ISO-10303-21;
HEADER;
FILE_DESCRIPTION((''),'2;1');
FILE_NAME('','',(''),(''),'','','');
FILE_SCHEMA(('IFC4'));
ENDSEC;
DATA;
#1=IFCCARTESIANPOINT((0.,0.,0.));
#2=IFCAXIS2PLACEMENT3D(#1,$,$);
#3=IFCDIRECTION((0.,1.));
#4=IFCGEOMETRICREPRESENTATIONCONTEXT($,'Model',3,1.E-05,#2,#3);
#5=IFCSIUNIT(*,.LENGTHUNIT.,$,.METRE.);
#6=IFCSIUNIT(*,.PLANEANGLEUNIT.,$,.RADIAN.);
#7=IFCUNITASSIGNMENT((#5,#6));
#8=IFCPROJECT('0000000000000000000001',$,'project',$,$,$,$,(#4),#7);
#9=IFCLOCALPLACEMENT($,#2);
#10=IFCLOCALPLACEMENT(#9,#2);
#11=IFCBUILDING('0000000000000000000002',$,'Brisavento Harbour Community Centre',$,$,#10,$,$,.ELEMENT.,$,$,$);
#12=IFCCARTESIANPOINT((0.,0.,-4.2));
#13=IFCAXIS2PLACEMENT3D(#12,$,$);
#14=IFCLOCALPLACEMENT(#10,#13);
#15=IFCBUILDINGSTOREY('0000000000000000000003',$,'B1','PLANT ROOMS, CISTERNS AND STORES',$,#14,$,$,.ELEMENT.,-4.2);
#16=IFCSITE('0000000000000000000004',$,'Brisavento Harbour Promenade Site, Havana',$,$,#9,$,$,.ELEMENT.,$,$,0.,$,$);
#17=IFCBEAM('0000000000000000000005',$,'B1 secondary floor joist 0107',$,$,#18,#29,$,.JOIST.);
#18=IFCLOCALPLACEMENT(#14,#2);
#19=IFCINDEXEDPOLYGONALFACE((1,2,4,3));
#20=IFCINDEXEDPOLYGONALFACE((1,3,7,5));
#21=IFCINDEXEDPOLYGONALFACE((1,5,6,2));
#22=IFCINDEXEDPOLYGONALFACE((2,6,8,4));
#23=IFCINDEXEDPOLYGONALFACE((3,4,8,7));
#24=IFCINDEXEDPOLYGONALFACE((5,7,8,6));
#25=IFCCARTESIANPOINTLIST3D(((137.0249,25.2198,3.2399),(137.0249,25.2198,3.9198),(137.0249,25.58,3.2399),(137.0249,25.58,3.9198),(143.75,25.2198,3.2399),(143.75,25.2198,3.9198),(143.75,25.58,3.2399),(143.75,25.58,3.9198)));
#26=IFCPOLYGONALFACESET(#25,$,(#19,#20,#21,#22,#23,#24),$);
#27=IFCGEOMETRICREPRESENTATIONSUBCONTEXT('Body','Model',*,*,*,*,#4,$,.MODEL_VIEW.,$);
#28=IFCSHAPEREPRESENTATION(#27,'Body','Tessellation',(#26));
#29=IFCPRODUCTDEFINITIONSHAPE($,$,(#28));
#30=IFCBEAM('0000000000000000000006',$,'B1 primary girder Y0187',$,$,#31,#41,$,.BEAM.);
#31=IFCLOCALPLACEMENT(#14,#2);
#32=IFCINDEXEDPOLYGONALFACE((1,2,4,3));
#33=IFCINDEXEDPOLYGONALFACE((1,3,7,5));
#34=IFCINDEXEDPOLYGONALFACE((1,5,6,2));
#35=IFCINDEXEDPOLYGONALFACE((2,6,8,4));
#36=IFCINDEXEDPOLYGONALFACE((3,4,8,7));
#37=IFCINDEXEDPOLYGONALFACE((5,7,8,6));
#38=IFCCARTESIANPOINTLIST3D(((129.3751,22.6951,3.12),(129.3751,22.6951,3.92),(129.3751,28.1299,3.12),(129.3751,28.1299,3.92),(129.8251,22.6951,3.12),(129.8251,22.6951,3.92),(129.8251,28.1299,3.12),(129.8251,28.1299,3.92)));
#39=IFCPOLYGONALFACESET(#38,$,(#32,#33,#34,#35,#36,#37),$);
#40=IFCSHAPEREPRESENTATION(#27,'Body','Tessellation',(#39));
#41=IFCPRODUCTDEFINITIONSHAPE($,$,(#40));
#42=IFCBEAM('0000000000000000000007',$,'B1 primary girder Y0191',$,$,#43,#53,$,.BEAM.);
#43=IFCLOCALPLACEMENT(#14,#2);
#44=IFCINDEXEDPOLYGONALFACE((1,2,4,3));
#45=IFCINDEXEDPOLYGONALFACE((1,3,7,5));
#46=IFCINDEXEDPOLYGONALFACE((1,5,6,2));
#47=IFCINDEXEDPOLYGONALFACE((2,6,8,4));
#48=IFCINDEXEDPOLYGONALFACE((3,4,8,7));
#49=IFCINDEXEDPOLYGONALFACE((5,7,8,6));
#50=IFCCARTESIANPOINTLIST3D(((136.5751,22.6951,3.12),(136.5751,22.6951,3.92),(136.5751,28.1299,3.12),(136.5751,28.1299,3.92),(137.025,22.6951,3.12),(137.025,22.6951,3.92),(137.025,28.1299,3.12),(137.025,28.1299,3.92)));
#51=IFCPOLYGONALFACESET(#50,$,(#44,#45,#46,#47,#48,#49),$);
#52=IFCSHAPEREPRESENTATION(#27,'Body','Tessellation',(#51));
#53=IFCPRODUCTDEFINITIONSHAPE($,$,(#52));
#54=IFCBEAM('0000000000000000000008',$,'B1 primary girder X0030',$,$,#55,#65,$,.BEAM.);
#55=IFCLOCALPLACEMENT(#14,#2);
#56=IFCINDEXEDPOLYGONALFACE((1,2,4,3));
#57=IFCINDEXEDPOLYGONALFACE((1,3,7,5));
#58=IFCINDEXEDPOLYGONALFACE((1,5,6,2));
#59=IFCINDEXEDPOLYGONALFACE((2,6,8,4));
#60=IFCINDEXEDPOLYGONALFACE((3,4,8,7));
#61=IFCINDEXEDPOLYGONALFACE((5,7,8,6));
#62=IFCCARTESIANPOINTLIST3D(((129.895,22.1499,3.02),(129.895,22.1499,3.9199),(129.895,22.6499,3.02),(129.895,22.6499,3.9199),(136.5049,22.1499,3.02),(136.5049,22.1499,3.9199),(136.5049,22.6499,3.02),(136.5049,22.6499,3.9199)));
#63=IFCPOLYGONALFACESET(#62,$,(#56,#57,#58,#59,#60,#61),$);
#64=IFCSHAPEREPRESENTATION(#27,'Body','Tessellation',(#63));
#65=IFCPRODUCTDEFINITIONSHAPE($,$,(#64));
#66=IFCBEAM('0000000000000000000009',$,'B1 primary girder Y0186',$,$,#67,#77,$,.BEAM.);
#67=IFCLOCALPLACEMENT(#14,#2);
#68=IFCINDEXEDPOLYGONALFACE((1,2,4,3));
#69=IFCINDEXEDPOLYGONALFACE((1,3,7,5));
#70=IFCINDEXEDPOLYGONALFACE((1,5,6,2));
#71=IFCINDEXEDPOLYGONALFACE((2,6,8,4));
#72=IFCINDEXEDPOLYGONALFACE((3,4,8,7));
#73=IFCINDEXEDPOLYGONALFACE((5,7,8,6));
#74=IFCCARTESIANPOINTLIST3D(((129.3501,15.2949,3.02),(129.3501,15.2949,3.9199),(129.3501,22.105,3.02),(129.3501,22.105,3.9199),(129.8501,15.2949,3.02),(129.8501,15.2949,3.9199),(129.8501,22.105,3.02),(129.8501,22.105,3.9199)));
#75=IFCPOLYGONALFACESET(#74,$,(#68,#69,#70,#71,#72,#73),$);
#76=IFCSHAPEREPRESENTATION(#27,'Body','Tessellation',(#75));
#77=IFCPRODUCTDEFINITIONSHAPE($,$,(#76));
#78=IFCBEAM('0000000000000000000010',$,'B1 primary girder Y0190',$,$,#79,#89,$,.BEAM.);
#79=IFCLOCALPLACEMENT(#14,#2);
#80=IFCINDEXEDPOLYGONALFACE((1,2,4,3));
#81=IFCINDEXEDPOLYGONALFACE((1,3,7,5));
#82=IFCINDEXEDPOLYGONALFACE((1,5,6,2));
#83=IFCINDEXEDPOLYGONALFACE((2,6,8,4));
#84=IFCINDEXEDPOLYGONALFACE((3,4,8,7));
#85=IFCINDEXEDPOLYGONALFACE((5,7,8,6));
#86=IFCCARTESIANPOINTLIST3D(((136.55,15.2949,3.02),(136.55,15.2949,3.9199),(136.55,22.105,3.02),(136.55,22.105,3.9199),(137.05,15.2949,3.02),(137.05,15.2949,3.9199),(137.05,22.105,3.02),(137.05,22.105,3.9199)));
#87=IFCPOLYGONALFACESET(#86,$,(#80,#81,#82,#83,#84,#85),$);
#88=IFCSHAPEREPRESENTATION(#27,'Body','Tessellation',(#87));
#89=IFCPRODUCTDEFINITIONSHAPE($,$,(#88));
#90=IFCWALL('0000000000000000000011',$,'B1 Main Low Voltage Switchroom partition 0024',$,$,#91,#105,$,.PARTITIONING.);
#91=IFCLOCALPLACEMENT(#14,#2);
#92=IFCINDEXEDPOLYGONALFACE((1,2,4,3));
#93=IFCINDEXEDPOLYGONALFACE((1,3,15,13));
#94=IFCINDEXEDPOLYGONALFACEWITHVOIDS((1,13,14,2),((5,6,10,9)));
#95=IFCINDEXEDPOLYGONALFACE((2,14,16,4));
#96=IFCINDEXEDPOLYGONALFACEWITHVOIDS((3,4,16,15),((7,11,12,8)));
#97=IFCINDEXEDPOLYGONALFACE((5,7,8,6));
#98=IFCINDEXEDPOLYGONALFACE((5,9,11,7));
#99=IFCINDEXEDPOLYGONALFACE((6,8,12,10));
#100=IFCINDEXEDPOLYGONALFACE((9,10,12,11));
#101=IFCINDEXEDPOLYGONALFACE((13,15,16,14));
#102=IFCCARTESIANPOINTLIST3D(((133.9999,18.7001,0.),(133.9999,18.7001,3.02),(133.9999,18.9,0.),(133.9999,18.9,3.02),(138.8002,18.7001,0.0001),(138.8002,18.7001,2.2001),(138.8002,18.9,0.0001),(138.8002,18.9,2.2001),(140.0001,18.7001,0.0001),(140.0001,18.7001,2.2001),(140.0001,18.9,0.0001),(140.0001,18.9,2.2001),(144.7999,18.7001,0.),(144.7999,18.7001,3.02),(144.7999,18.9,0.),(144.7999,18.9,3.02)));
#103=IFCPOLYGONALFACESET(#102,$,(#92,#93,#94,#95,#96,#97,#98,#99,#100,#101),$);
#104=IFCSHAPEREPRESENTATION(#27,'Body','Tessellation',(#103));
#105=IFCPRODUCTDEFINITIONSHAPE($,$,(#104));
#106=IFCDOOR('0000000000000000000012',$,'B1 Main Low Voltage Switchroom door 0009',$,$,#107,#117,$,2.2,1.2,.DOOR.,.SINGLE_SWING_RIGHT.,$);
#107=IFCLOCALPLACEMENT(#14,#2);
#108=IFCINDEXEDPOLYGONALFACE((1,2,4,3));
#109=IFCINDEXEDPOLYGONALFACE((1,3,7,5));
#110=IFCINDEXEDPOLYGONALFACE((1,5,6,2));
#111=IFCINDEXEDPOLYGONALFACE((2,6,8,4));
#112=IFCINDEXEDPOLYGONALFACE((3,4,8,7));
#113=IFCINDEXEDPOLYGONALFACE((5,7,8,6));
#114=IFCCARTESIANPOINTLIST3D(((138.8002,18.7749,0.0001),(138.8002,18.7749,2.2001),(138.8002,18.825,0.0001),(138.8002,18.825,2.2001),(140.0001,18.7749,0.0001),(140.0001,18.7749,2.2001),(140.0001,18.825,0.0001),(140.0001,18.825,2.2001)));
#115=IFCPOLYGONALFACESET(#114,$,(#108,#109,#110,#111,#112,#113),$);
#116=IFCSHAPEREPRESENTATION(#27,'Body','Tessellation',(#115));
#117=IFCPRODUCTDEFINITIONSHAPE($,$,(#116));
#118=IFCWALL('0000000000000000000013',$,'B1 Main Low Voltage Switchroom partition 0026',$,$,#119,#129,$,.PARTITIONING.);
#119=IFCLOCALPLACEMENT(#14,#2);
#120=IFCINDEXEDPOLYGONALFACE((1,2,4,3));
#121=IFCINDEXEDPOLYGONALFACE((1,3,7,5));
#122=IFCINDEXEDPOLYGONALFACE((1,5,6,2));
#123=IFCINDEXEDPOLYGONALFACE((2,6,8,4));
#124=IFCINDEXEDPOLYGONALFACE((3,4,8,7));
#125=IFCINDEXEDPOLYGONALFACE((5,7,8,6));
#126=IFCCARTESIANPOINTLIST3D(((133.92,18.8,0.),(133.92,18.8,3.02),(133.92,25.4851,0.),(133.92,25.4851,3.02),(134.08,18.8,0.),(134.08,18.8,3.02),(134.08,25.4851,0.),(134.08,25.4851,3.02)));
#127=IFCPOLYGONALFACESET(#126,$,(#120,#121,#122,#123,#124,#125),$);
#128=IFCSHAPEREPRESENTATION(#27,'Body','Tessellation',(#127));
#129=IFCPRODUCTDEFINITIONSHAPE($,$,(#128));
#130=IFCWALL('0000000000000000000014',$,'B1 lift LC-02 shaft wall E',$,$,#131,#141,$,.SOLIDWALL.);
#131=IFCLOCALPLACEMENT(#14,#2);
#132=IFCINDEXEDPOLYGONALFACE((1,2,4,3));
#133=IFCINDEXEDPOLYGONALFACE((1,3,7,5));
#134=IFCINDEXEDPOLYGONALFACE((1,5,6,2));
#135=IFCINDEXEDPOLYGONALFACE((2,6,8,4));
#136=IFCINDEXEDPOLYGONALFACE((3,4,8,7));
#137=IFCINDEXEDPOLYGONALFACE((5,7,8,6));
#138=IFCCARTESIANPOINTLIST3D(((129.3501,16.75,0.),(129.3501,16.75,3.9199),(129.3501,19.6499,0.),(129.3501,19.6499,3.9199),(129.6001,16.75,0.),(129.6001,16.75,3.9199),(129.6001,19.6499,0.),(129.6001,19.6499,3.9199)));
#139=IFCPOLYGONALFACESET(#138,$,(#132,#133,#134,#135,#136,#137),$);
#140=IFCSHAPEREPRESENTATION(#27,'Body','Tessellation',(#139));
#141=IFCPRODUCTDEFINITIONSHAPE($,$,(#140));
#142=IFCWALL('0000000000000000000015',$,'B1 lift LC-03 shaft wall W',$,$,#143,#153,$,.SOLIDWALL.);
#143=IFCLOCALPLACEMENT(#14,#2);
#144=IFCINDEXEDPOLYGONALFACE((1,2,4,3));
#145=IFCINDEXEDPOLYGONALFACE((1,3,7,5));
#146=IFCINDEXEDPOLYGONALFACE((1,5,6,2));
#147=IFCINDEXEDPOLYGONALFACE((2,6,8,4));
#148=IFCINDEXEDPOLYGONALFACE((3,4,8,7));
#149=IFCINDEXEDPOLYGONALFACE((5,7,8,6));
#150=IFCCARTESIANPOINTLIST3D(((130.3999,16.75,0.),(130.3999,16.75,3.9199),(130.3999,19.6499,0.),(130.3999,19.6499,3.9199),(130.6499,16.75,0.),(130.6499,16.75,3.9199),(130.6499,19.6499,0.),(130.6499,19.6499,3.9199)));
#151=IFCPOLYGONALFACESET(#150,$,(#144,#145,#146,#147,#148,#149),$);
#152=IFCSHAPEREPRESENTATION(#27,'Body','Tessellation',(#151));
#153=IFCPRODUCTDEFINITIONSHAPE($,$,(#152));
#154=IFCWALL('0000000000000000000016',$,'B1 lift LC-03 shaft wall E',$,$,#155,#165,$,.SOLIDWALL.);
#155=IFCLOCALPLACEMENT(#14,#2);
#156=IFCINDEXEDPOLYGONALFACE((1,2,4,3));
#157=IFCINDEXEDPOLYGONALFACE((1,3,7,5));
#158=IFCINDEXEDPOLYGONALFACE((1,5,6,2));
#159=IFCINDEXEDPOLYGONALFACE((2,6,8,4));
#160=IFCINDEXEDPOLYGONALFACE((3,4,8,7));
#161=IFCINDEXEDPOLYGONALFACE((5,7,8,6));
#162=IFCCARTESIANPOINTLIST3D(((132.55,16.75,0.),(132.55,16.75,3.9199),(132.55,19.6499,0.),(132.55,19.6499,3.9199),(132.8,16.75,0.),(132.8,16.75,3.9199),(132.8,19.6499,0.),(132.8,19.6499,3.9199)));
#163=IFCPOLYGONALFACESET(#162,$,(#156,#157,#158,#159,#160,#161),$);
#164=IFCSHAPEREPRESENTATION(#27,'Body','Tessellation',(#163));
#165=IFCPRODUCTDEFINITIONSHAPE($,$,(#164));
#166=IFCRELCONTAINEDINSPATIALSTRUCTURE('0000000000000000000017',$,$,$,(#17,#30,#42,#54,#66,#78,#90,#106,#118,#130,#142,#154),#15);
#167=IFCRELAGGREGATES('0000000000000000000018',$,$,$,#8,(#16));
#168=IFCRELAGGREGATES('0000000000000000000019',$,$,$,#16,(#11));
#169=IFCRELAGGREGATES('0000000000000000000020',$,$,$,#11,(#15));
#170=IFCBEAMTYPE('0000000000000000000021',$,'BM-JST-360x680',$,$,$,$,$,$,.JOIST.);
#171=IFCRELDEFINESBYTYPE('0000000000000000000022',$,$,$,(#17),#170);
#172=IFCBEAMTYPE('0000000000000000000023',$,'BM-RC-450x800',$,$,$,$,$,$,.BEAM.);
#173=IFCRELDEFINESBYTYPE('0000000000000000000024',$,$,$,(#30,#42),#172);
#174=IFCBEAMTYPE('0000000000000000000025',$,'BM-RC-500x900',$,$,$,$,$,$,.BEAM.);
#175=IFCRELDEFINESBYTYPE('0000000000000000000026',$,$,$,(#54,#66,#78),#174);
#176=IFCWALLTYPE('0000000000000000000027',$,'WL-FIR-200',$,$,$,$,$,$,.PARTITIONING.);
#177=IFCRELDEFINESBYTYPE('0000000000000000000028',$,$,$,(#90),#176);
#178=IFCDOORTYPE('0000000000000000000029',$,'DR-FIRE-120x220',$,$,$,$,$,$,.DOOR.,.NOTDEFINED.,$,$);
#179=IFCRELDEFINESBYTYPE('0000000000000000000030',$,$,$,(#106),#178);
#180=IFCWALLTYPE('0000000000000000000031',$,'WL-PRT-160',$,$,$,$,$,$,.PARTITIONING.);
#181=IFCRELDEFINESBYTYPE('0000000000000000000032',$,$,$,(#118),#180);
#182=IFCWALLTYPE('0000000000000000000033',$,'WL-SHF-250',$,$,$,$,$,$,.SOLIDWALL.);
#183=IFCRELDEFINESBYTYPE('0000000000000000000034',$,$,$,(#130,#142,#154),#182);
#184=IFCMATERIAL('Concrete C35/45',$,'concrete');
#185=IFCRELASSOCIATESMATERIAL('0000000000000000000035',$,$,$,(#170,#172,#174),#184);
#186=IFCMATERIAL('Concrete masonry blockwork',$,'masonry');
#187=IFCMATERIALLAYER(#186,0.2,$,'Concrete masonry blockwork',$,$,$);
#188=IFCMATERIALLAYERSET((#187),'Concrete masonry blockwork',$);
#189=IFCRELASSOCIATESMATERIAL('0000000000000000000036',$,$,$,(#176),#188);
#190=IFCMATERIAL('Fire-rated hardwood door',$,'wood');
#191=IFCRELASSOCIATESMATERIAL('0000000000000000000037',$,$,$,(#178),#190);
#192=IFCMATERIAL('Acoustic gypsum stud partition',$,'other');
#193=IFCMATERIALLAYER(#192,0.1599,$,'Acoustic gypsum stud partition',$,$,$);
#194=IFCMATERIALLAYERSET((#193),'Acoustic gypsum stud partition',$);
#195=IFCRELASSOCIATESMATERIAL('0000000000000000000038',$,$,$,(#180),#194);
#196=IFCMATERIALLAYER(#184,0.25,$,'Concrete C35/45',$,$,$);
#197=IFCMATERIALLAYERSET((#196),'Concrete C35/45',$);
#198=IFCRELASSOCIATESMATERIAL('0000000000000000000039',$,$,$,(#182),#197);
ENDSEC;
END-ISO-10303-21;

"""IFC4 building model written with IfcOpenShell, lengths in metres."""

from ifc_helpers import new_model, si_unit, direction, frame, frame_2d, origin, origin_2d, place, context, subcontext, project, spatial, rectangle, extrude, material, layer, layer_set, material_profile, profile_set, type_object, element, fill, save


model = new_model("IFC4")

# Units and contexts
model_context = context("Model", 3, precision=1e-05, world=origin(), true_north=direction((0.0, 1.0)))
body_context = subcontext(model_context, "Body", "Model", "MODEL_VIEW")
ifc_project = project(units=[si_unit("LENGTHUNIT", "METRE"), si_unit("PLANEANGLEUNIT", "RADIAN")], contexts=[model_context])

# Site, building, storey
site_placement = place(None, origin())
site = spatial("IfcSite", under=ifc_project, at=site_placement, Name="Brisavento Harbour Promenade Site, Havana", CompositionType="ELEMENT", RefElevation=0.0)
building_placement = place(site_placement, origin())
building = spatial("IfcBuilding", under=site, at=building_placement, Name="Brisavento Harbour Community Centre", CompositionType="ELEMENT")
storey_placement = place(building_placement, frame((0.0, 0.0, -4.2)))
storey = spatial("IfcBuildingStorey", under=building, at=storey_placement, Name="B1", Description="PLANT ROOMS, CISTERNS AND STORES", CompositionType="ELEMENT", Elevation=-4.2)

# Shared definitions
ifc_material_1 = material(Name="Concrete C35/45", Category="concrete")

# Beams
ifc_material_profile_1 = material_profile(ifc_material_1, rectangle(XDim=0.3601, YDim=0.6799, at=origin_2d()), Name="Concrete C35/45")
ifc_profile_set_1 = profile_set([ifc_material_profile_1], Name="Concrete C35/45")
beam_type_1 = type_object("IfcBeamType", Name="BM-JST-360x680", PredefinedType="JOIST", material=ifc_profile_set_1)
beam_1_placement = place(storey_placement, frame((137.0249, 25.3999, 3.5798), z_axis=(1.0, 0.0, 0.0), x_axis=(0.0, 1.0, 0.0)))
element("IfcBeam", 1, at=beam_1_placement, inside=storey, type_object=beam_type_1, Name="B1 secondary floor joist 0107", PredefinedType="JOIST", context=body_context, shape_type="SweptSolid", body=[
    extrude(rectangle(XDim=0.3601, YDim=0.6799, at=origin_2d()), origin(), (0.0, 0.0, 1.0), 6.7251),
])
ifc_material_profile_2 = material_profile(ifc_material_1, rectangle(XDim=0.45, YDim=0.8, at=origin_2d()), Name="Concrete C35/45")
ifc_profile_set_2 = profile_set([ifc_material_profile_2], Name="Concrete C35/45")
beam_type_2 = type_object("IfcBeamType", Name="BM-RC-450x800", PredefinedType="BEAM", material=ifc_profile_set_2)
for number, where, z_axis, x_axis, name in (
    (2, (129.6001, 22.6951, 3.52), (0.0, 1.0, 0.0), (-1.0, 0.0, 0.0), "B1 primary girder Y0187"),
    (3, (136.8, 22.6951, 3.52), (0.0, 1.0, 0.0), (-1.0, 0.0, 0.0), "B1 primary girder Y0191"),
):
    element("IfcBeam", number, at=place(storey_placement, frame(where, z_axis=z_axis, x_axis=x_axis)), inside=storey, type_object=beam_type_2, Name=name, PredefinedType="BEAM", context=body_context, shape_type="SweptSolid", body=[
        extrude(rectangle(XDim=0.45, YDim=0.8, at=origin_2d()), origin(), (0.0, 0.0, 1.0), 5.4348),
    ])
ifc_material_profile_3 = material_profile(ifc_material_1, rectangle(XDim=0.5, YDim=0.8999, at=origin_2d()), Name="Concrete C35/45")
ifc_profile_set_3 = profile_set([ifc_material_profile_3], Name="Concrete C35/45")
beam_type_3 = type_object("IfcBeamType", Name="BM-RC-500x900", PredefinedType="BEAM", material=ifc_profile_set_3)
beam_2_placement = place(storey_placement, frame((129.895, 22.3999, 3.47), z_axis=(1.0, 0.0, 0.0), x_axis=(0.0, 1.0, 0.0)))
element("IfcBeam", 4, at=beam_2_placement, inside=storey, type_object=beam_type_3, Name="B1 primary girder X0030", PredefinedType="BEAM", context=body_context, shape_type="SweptSolid", body=[
    extrude(rectangle(XDim=0.5, YDim=0.8999, at=origin_2d()), origin(), (0.0, 0.0, 1.0), 6.6099),
])
for number, where, z_axis, x_axis, name in (
    (5, (129.6001, 15.2949, 3.47), (0.0, 1.0, 0.0), (-1.0, 0.0, 0.0), "B1 primary girder Y0186"),
    (6, (136.8, 15.2949, 3.47), (0.0, 1.0, 0.0), (-1.0, 0.0, 0.0), "B1 primary girder Y0190"),
):
    element("IfcBeam", number, at=place(storey_placement, frame(where, z_axis=z_axis, x_axis=x_axis)), inside=storey, type_object=beam_type_3, Name=name, PredefinedType="BEAM", context=body_context, shape_type="SweptSolid", body=[
        extrude(rectangle(XDim=0.5, YDim=0.8999, at=origin_2d()), origin(), (0.0, 0.0, 1.0), 6.8101),
    ])

# Wall, opening, door
ifc_material_2 = material(Name="Concrete masonry blockwork", Category="masonry")
ifc_layer_1 = layer(ifc_material_2, 0.2, Name="Concrete masonry blockwork")
ifc_layer_set_1 = layer_set([ifc_layer_1], Name="Concrete masonry blockwork")
wall_type_1 = type_object("IfcWallType", Name="WL-FIR-200", PredefinedType="PARTITIONING", material=ifc_layer_set_1)
wall_1_placement = place(storey_placement, frame((134.0, 18.8, 0.0), z_axis=(0.0, 0.0, 1.0), x_axis=(1.0, 0.0, 0.0)))
wall_1 = element("IfcWall", 7, at=wall_1_placement, inside=storey, type_object=wall_type_1, Name="B1 Main Low Voltage Switchroom partition 0024", PredefinedType="PARTITIONING", context=body_context, shape_type="SweptSolid", body=[
    extrude(rectangle(XDim=10.8, YDim=0.2, at=frame_2d((5.3999, 0.0))), origin(), (0.0, 0.0, 1.0), 3.02),
])
opening_1_placement = place(wall_1_placement, frame((4.8, 0.0, 0.0)))
opening_1 = element("IfcOpeningElement", 8, at=opening_1_placement, cuts=wall_1, PredefinedType="OPENING", context=body_context, shape_type="SweptSolid", body=[
    extrude(rectangle(XDim=1.2, YDim=2.2, at=frame_2d((0.6001, 1.1001))), frame((0.0, 0.1099, 0.0), z_axis=(0.0, -1.0, 0.0), x_axis=(1.0, 0.0, 0.0)), (0.0, 0.0, 1.0), 0.22),
])
ifc_material_3 = material(Name="Fire-rated hardwood door", Category="wood")
door_type_1 = type_object("IfcDoorType", Name="DR-FIRE-120x220", OperationType="NOTDEFINED", PredefinedType="DOOR", material=ifc_material_3)
door_1_placement = place(opening_1_placement, origin())
door_1 = element("IfcDoor", 9, at=door_1_placement, inside=storey, type_object=door_type_1, Name="B1 Main Low Voltage Switchroom door 0009", OperationType="SINGLE_SWING_RIGHT", OverallHeight=2.2, OverallWidth=1.2, PredefinedType="DOOR", context=body_context, shape_type="SweptSolid", body=[
    extrude(rectangle(XDim=1.2, YDim=2.2, at=frame_2d((0.6001, 1.1001))), frame((0.0, 0.0249, 0.0), z_axis=(0.0, -1.0, 0.0), x_axis=(1.0, 0.0, 0.0)), (0.0, 0.0, 1.0), 0.05),
])
fill(opening_1, door_1)

# Walls
ifc_material_4 = material(Name="Acoustic gypsum stud partition", Category="other")
ifc_layer_2 = layer(ifc_material_4, 0.1599, Name="Acoustic gypsum stud partition")
ifc_layer_set_2 = layer_set([ifc_layer_2], Name="Acoustic gypsum stud partition")
wall_type_2 = type_object("IfcWallType", Name="WL-PRT-160", PredefinedType="PARTITIONING", material=ifc_layer_set_2)
wall_2_placement = place(storey_placement, frame((134.0, 25.4851, 0.0), z_axis=(0.0, 0.0, 1.0), x_axis=(0.0, -1.0, 0.0)))
element("IfcWall", 10, at=wall_2_placement, inside=storey, type_object=wall_type_2, Name="B1 Main Low Voltage Switchroom partition 0026", PredefinedType="PARTITIONING", context=body_context, shape_type="SweptSolid", body=[
    extrude(rectangle(XDim=6.6851, YDim=0.1599, at=frame_2d((3.3425, 0.0))), origin(), (0.0, 0.0, 1.0), 3.02),
])
ifc_layer_3 = layer(ifc_material_1, 0.25, Name="Concrete C35/45")
ifc_layer_set_3 = layer_set([ifc_layer_3], Name="Concrete C35/45")
wall_type_3 = type_object("IfcWallType", Name="WL-SHF-250", PredefinedType="SOLIDWALL", material=ifc_layer_set_3)
for number, where, z_axis, x_axis, name in (
    (11, (129.4751, 19.6499, 0.0), (0.0, 0.0, 1.0), (0.0, -1.0, 0.0), "B1 lift LC-02 shaft wall E"),
    (12, (130.5249, 16.75, 0.0), (0.0, 0.0, 1.0), (0.0, 1.0, 0.0), "B1 lift LC-03 shaft wall W"),
    (13, (132.675, 19.6499, 0.0), (0.0, 0.0, 1.0), (0.0, -1.0, 0.0), "B1 lift LC-03 shaft wall E"),
):
    element("IfcWall", number, at=place(storey_placement, frame(where, z_axis=z_axis, x_axis=x_axis)), inside=storey, type_object=wall_type_3, Name=name, PredefinedType="SOLIDWALL", context=body_context, shape_type="SweptSolid", body=[
        extrude(rectangle(XDim=2.8999, YDim=0.25, at=frame_2d((1.45, 0.0))), origin(), (0.0, 0.0, 1.0), 3.9199),
    ])

save(model, "model.ifc")
